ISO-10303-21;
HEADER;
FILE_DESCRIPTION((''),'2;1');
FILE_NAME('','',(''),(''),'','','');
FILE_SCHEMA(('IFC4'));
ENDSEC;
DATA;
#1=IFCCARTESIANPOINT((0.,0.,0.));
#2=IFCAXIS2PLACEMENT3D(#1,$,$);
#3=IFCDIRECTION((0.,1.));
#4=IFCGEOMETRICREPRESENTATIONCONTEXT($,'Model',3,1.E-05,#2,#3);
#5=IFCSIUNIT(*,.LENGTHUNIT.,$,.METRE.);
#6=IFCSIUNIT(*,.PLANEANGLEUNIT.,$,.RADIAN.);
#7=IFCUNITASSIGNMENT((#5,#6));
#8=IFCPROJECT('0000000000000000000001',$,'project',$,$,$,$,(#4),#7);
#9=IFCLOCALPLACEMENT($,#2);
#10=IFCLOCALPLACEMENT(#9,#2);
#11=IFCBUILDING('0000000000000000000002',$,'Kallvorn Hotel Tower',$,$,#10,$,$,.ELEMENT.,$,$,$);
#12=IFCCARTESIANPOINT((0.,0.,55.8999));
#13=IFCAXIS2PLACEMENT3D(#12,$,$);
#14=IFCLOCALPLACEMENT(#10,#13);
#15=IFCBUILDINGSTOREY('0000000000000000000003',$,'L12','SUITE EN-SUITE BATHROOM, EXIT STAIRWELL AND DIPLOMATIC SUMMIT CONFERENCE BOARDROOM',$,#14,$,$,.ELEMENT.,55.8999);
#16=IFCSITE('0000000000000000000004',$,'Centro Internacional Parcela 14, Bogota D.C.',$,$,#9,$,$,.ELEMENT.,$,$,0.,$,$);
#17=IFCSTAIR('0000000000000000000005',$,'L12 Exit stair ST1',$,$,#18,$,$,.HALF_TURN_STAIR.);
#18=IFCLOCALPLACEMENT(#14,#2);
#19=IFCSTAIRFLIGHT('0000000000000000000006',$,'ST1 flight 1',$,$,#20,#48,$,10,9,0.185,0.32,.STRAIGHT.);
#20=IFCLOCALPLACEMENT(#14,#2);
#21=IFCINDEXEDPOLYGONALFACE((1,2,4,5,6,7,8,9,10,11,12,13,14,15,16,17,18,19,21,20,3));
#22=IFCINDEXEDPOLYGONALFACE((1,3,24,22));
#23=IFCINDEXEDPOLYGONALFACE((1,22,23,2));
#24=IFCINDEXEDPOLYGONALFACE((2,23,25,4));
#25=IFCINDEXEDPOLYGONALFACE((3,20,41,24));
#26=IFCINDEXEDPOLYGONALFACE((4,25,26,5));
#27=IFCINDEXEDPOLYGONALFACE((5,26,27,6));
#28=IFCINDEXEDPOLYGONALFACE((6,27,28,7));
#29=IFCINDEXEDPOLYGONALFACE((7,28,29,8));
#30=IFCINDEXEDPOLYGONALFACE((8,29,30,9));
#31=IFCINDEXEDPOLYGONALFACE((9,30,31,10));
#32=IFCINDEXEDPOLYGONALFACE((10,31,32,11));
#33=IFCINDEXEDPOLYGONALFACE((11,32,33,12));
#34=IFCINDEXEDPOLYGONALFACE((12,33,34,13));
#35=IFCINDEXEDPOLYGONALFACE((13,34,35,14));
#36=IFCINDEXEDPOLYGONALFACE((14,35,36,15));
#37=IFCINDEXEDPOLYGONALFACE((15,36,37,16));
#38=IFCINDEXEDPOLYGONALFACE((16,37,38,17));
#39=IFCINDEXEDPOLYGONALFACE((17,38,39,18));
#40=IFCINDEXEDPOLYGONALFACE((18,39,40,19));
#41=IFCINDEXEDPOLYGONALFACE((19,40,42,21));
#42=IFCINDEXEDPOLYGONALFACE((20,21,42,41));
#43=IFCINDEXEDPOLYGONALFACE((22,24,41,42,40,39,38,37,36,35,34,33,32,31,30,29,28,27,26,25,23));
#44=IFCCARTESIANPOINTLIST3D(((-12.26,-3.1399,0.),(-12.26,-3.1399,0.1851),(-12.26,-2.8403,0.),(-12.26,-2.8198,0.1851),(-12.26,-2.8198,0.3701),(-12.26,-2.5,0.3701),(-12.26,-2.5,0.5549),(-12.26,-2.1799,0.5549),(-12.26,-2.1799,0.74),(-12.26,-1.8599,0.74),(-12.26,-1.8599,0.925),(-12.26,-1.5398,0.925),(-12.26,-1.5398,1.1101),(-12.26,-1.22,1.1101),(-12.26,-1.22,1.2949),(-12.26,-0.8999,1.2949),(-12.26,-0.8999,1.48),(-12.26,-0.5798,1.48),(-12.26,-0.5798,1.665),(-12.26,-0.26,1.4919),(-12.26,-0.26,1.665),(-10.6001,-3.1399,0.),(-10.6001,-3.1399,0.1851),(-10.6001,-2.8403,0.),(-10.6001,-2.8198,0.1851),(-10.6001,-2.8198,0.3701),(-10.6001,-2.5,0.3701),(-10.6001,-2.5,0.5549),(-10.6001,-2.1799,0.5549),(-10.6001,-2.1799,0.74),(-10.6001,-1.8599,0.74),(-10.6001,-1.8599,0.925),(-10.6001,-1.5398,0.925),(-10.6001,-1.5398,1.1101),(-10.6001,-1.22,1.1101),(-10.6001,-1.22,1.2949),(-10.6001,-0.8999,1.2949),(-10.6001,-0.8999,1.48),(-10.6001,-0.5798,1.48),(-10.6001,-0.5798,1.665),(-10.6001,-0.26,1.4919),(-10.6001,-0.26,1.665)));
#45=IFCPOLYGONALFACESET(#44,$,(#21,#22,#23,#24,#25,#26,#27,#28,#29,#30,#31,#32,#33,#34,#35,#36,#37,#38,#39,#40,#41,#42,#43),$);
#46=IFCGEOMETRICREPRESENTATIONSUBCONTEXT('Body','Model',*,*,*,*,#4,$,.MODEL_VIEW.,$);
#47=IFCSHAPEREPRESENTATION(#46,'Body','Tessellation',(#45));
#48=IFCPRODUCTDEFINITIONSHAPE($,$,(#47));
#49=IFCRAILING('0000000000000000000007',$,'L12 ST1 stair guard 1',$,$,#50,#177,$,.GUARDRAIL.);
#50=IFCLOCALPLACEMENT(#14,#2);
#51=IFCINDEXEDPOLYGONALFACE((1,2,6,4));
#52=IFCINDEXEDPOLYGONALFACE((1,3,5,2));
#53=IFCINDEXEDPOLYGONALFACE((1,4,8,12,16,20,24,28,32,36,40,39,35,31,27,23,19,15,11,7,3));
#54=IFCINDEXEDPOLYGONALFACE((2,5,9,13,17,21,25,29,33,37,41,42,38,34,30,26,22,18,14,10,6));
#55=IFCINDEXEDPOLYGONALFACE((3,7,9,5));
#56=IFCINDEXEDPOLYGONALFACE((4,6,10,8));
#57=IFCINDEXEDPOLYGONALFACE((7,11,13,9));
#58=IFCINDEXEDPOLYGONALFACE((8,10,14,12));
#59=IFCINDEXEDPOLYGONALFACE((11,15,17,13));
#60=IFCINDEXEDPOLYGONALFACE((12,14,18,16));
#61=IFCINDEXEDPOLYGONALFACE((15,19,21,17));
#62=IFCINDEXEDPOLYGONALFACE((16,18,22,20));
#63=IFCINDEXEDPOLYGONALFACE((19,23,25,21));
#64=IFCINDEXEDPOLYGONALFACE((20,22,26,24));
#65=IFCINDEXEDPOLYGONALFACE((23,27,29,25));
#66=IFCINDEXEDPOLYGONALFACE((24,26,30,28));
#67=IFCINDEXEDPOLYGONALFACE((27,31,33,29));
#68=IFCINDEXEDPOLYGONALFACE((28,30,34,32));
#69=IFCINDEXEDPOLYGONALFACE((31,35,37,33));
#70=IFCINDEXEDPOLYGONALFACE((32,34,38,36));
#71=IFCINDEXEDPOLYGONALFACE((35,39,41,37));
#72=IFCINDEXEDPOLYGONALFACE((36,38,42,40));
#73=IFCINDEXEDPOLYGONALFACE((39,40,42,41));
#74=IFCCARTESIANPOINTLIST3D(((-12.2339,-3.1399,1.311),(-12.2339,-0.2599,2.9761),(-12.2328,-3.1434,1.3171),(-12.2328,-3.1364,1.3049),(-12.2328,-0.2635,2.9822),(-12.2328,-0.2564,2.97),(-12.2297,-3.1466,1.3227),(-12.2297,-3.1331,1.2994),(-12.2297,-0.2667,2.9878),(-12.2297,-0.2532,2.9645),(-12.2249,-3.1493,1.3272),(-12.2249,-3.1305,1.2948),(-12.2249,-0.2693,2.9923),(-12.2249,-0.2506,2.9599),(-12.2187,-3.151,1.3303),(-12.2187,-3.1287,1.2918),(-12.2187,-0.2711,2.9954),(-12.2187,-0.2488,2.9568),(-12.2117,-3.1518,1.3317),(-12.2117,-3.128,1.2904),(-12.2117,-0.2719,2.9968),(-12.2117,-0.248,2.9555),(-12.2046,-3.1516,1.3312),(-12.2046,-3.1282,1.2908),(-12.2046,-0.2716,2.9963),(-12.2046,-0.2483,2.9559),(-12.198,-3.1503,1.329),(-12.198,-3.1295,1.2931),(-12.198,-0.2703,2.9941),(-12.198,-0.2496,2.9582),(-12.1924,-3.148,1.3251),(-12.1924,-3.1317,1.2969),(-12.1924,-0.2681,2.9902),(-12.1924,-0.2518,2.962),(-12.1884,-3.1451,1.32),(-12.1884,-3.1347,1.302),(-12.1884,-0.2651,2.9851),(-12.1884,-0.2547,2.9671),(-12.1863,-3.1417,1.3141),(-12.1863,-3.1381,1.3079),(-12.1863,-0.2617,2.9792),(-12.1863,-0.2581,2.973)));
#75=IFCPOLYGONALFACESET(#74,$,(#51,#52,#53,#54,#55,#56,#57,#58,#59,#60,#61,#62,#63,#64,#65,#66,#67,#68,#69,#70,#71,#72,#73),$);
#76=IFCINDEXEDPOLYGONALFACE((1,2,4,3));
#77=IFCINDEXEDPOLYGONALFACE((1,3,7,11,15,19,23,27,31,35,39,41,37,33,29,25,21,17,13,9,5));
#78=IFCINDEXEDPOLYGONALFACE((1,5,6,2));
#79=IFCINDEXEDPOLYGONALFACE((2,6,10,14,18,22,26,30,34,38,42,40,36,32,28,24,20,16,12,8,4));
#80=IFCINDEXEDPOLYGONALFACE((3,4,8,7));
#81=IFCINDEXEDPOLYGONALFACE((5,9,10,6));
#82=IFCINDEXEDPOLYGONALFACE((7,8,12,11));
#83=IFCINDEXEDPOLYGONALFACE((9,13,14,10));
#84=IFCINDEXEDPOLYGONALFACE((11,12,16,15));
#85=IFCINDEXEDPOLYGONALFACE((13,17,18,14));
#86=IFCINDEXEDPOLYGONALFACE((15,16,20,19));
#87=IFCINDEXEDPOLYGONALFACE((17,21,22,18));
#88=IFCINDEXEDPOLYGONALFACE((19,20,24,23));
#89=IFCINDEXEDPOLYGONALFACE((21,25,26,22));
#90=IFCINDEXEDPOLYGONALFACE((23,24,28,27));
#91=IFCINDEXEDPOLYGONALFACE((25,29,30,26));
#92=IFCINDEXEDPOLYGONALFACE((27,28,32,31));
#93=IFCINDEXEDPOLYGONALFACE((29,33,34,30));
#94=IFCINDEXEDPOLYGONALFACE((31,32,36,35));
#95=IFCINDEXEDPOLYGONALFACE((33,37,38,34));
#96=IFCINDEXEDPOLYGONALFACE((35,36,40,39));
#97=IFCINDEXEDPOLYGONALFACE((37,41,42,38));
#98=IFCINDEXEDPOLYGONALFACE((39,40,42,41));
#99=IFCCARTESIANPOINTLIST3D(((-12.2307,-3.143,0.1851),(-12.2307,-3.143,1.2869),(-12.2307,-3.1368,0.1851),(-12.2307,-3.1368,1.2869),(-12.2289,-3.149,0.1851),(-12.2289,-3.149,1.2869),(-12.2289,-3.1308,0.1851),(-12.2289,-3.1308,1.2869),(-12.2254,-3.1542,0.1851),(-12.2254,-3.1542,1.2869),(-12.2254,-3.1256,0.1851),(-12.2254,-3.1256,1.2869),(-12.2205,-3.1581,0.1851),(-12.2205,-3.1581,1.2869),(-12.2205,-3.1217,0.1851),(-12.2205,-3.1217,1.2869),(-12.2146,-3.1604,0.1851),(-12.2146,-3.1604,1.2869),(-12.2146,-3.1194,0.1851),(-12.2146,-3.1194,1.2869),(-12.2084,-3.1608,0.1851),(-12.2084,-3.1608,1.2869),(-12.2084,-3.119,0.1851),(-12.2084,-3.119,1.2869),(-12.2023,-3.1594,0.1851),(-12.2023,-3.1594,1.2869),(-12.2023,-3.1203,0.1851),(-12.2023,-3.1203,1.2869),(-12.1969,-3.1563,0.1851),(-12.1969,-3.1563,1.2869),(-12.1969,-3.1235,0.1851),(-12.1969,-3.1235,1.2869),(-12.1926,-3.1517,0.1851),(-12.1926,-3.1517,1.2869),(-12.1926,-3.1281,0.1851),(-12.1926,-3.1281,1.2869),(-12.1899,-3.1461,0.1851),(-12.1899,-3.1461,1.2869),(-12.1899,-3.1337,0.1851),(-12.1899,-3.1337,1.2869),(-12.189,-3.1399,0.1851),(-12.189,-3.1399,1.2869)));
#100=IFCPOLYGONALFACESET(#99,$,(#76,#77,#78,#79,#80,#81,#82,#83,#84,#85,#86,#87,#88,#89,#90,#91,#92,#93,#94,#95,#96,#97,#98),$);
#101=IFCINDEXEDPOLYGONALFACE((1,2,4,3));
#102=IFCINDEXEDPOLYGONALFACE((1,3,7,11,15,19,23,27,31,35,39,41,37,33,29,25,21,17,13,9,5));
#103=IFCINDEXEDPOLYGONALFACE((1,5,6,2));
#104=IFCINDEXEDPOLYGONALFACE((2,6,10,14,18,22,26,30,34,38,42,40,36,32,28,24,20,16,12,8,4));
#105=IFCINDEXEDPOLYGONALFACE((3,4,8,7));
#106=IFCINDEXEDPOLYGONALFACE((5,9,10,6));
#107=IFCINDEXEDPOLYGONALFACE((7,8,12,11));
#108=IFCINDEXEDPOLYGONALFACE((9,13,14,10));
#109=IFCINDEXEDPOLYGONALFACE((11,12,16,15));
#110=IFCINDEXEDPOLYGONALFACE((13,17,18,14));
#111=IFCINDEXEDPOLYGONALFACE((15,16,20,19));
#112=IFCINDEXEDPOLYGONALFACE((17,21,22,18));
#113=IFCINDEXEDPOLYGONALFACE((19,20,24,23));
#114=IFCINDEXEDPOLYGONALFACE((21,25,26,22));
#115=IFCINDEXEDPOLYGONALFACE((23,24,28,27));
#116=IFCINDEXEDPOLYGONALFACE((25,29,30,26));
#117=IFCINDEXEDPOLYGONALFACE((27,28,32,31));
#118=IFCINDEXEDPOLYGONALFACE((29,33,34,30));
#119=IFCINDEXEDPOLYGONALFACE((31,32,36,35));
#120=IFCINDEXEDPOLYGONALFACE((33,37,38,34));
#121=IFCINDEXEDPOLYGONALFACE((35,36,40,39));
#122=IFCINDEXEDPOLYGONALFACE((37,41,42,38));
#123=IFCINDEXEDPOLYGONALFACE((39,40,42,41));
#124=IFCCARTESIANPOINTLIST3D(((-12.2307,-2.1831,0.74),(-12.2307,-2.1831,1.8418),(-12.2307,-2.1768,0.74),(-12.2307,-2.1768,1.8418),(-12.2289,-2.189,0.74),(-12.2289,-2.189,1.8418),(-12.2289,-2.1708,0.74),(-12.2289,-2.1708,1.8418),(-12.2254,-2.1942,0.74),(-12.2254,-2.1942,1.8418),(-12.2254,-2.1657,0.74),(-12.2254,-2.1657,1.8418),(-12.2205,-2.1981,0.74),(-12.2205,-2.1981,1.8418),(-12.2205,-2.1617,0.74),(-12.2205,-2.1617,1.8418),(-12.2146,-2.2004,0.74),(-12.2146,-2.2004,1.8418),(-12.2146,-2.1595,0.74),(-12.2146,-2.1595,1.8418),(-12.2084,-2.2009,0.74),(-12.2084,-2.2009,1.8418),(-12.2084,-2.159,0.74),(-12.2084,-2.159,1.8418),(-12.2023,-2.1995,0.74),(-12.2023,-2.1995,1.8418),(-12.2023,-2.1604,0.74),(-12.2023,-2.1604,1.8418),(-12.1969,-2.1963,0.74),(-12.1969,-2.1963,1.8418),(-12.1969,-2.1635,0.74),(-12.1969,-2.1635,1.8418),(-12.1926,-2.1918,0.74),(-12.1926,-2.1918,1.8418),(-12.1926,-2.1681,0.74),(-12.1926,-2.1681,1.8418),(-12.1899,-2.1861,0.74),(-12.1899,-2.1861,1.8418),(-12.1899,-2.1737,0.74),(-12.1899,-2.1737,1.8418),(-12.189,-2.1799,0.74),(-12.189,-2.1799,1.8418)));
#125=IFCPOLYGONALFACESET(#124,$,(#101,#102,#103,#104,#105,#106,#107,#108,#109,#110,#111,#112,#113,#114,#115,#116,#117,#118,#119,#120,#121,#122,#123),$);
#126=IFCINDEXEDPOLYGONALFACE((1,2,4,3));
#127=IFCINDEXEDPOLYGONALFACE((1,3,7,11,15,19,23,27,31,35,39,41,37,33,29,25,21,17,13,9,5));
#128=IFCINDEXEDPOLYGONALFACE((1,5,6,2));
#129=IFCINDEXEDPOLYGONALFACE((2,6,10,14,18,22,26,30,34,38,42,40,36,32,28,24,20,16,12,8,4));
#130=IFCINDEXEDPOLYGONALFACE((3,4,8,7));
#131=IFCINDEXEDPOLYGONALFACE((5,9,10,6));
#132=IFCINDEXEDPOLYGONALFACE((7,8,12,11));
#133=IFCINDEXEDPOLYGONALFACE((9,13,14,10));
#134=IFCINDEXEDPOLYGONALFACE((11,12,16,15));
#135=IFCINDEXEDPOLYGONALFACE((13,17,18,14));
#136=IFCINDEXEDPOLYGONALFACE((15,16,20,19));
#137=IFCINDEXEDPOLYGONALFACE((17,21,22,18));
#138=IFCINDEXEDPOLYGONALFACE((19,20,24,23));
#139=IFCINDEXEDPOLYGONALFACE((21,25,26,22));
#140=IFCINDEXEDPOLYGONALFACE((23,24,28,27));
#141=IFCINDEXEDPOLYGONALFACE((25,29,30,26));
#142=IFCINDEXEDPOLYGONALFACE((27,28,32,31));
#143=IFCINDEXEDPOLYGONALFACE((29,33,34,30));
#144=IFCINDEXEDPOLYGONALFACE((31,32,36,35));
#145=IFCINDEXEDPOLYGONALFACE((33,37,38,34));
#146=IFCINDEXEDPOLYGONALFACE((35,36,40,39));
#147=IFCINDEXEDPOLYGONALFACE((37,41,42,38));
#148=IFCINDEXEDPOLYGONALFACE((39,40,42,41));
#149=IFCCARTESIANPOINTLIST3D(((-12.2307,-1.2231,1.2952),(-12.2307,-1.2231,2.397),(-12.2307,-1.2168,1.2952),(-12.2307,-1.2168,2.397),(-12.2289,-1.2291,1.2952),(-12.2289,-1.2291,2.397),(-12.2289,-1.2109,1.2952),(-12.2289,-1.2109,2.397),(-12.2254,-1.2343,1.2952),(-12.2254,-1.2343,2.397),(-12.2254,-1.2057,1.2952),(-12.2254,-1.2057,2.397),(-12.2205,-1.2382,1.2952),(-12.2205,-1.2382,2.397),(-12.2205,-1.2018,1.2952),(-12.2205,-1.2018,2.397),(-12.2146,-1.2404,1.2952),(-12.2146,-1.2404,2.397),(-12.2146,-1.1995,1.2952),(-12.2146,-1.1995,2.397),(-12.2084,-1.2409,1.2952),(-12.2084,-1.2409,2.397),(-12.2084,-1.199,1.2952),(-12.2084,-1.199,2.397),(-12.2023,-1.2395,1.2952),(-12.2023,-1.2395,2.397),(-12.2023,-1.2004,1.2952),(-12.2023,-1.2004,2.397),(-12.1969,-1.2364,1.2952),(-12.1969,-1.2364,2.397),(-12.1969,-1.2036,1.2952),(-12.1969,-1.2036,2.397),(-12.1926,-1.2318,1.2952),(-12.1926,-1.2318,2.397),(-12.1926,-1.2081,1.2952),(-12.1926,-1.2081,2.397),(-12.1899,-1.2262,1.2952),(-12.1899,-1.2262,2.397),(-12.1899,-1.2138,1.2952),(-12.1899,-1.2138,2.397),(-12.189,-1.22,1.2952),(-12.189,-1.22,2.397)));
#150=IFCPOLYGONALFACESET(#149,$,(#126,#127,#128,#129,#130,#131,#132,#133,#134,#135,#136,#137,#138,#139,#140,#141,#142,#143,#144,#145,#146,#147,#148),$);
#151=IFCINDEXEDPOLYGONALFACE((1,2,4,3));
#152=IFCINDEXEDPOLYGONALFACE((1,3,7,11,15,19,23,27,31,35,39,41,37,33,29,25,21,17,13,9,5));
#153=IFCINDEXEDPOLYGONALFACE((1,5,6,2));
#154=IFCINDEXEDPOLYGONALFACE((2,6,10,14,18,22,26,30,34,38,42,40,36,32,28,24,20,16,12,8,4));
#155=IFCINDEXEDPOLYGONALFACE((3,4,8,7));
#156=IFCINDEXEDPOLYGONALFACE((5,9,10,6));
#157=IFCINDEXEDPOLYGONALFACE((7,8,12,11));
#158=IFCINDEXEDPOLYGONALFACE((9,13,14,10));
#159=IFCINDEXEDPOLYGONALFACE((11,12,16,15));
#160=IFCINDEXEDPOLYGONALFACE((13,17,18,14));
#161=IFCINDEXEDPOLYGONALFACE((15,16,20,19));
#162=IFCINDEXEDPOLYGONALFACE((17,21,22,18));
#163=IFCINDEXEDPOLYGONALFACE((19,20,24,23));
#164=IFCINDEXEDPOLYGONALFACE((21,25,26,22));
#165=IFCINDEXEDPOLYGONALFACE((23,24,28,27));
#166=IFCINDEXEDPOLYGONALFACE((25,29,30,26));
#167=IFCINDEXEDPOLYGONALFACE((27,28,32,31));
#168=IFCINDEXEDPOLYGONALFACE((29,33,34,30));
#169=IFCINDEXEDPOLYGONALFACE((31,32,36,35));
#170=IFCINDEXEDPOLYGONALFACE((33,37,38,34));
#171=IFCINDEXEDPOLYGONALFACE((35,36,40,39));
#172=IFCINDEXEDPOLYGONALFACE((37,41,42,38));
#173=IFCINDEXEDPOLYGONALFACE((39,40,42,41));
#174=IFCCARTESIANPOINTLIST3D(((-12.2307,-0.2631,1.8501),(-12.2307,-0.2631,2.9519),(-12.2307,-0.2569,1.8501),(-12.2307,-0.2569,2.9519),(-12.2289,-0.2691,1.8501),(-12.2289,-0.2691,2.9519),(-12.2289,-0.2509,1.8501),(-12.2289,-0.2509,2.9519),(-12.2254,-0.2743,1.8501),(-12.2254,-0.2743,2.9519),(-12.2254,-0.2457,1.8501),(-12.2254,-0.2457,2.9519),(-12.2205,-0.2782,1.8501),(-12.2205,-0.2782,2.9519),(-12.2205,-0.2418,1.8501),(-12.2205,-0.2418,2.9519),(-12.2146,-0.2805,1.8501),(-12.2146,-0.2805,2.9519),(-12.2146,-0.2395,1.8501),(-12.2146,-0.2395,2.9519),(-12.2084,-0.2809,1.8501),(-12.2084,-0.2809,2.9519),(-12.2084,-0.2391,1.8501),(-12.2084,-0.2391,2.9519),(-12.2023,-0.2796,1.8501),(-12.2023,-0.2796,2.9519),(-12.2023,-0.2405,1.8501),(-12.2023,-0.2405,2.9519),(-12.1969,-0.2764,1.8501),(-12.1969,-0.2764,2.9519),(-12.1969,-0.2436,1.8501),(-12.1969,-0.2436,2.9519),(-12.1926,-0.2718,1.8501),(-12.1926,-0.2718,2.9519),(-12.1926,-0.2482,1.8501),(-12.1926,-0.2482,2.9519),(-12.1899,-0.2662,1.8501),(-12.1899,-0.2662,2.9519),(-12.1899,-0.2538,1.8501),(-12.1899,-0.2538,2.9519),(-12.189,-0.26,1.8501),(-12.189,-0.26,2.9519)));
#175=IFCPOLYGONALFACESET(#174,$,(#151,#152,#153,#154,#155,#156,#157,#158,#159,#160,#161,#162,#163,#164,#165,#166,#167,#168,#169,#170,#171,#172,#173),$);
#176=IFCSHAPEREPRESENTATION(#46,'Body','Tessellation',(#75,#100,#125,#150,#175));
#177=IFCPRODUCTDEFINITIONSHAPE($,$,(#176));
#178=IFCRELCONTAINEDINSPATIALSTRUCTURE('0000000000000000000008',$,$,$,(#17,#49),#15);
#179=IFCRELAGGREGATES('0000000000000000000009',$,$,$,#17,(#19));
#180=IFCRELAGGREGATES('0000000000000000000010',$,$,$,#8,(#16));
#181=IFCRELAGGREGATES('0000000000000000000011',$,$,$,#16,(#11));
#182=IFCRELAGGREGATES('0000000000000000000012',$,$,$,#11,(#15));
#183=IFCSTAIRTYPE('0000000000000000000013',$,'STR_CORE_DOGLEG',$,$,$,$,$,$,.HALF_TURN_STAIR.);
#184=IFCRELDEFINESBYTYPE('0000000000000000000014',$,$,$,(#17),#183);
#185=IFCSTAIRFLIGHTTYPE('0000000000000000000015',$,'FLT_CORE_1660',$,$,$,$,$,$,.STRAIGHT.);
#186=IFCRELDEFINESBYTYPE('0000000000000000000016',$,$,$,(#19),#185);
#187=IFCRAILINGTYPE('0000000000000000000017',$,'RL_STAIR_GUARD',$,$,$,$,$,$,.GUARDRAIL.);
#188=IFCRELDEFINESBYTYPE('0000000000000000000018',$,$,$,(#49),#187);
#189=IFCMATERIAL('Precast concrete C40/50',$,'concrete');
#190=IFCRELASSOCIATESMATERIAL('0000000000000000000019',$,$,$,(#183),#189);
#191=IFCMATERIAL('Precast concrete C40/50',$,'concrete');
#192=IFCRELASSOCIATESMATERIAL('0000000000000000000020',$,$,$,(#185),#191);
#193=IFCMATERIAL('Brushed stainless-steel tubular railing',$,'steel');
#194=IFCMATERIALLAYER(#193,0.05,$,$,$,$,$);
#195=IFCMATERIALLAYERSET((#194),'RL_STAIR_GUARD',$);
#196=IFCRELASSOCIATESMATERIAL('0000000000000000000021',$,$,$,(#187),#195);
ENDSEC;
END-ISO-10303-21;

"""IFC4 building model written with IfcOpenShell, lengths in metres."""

from ifc_helpers import new_model, si_unit, direction, frame, origin, origin_2d, place, context, subcontext, project, spatial, polyline, circle, outline, extrude, material, layer, layer_set, type_object, element, aggregate, save


model = new_model("IFC4")

# Units and contexts
model_context = context("Model", 3, precision=1e-05, world=origin(), true_north=direction((0.0, 1.0)))
body_context = subcontext(model_context, "Body", "Model", "MODEL_VIEW")
ifc_project = project(units=[si_unit("LENGTHUNIT", "METRE"), si_unit("PLANEANGLEUNIT", "RADIAN")], contexts=[model_context])

# Site, building, storey
site_placement = place(None, origin())
site = spatial("IfcSite", under=ifc_project, at=site_placement, Name="Centro Internacional Parcela 14, Bogota D.C.", CompositionType="ELEMENT", RefElevation=0.0)
building_placement = place(site_placement, origin())
building = spatial("IfcBuilding", under=site, at=building_placement, Name="Kallvorn Hotel Tower", CompositionType="ELEMENT")
storey_placement = place(building_placement, frame((0.0, 0.0, 55.8999)))
storey = spatial("IfcBuildingStorey", under=building, at=storey_placement, Name="L12", Description="SUITE EN-SUITE BATHROOM, EXIT STAIRWELL AND DIPLOMATIC SUMMIT CONFERENCE BOARDROOM", CompositionType="ELEMENT", Elevation=55.8999)

# Stair, stair flight
ifc_material_1 = material(Name="Precast concrete C40/50", Category="concrete")
stair_type = type_object("IfcStairType", Name="STR_CORE_DOGLEG", PredefinedType="HALF_TURN_STAIR", material=ifc_material_1)
stair_placement = place(storey_placement, origin())
stair = element("IfcStair", 1, at=stair_placement, inside=storey, type_object=stair_type, Name="L12 Exit stair ST1", PredefinedType="HALF_TURN_STAIR")
ifc_material_2 = material(Name="Precast concrete C40/50", Category="concrete")
stair_flight_type = type_object("IfcStairFlightType", Name="FLT_CORE_1660", PredefinedType="STRAIGHT", material=ifc_material_2)
stair_flight_placement = place(storey_placement, frame((-11.4299, -3.1399, 0.0), z_axis=(0.0, 0.0, 1.0), x_axis=(0.0, 1.0, 0.0)))
stair_flight = element("IfcStairFlight", 2, at=stair_flight_placement, type_object=stair_flight_type, Name="ST1 flight 1", NumberOfRisers=10, NumberOfTreads=9, PredefinedType="STRAIGHT", RiserHeight=0.185, TreadLength=0.32, context=body_context, shape_type="SweptSolid", body=[
    extrude(outline(polyline([(0.0, 0.0), (0.0, 0.1851), (0.3201, 0.1851), (0.3201, 0.3701), (0.6399, 0.3701), (0.6399, 0.5549), (0.96, 0.5549), (0.96, 0.74), (1.28, 0.74), (1.28, 0.925), (1.6001, 0.925), (1.6001, 1.1101), (1.9199, 1.1101), (1.9199, 1.2949), (2.24, 1.2949), (2.24, 1.48), (2.5601, 1.48), (2.5601, 1.665), (2.8799, 1.665), (2.8799, 1.8501), (2.8799, 1.4919), (0.2996, 0.0), (0.0, 0.0)])), frame((0.0, 0.8301, 0.0), z_axis=(0.0, -1.0, 0.0), x_axis=(1.0, 0.0, 0.0)), (0.0, 0.0, 1.0), 1.6599),
])
aggregate(stair, [stair_flight])

# Railing
ifc_material_3 = material(Name="Brushed stainless-steel tubular railing", Category="steel")
ifc_layer_1 = layer(ifc_material_3, 0.05)
ifc_layer_set_1 = layer_set([ifc_layer_1], Name="RL_STAIR_GUARD")
railing_type_1 = type_object("IfcRailingType", Name="RL_STAIR_GUARD", PredefinedType="GUARDRAIL", material=ifc_layer_set_1)
railing_1_placement = place(storey_placement, frame((-12.21, -3.1399, 0.1851)))
element("IfcRailing", 3, at=railing_1_placement, inside=storey, type_object=railing_type_1, Name="L12 ST1 stair guard 1", PredefinedType="GUARDRAIL", context=body_context, shape_type="SweptSolid", body=[
    extrude(circle(Radius=0.0239, at=origin_2d()), frame((0.0, 0.0, 1.126), z_axis=(0.0, 0.865721, 0.500527), x_axis=(-1.0, 0.0, 0.0)), (0.0, 0.0, 1.0), 3.3267),
    extrude(circle(Radius=0.021, at=origin_2d()), origin(), (0.0, 0.0, 1.0), 1.1018),
    extrude(circle(Radius=0.021, at=origin_2d()), frame((0.0, 0.96, 0.5549)), (0.0, 0.0, 1.0), 1.1018),
    extrude(circle(Radius=0.021, at=origin_2d()), frame((0.0, 1.9199, 1.1101)), (0.0, 0.0, 1.0), 1.1018),
    extrude(circle(Radius=0.021, at=origin_2d()), frame((0.0, 2.8799, 1.665)), (0.0, 0.0, 1.0), 1.1018),
])

save(model, "model.ifc")
